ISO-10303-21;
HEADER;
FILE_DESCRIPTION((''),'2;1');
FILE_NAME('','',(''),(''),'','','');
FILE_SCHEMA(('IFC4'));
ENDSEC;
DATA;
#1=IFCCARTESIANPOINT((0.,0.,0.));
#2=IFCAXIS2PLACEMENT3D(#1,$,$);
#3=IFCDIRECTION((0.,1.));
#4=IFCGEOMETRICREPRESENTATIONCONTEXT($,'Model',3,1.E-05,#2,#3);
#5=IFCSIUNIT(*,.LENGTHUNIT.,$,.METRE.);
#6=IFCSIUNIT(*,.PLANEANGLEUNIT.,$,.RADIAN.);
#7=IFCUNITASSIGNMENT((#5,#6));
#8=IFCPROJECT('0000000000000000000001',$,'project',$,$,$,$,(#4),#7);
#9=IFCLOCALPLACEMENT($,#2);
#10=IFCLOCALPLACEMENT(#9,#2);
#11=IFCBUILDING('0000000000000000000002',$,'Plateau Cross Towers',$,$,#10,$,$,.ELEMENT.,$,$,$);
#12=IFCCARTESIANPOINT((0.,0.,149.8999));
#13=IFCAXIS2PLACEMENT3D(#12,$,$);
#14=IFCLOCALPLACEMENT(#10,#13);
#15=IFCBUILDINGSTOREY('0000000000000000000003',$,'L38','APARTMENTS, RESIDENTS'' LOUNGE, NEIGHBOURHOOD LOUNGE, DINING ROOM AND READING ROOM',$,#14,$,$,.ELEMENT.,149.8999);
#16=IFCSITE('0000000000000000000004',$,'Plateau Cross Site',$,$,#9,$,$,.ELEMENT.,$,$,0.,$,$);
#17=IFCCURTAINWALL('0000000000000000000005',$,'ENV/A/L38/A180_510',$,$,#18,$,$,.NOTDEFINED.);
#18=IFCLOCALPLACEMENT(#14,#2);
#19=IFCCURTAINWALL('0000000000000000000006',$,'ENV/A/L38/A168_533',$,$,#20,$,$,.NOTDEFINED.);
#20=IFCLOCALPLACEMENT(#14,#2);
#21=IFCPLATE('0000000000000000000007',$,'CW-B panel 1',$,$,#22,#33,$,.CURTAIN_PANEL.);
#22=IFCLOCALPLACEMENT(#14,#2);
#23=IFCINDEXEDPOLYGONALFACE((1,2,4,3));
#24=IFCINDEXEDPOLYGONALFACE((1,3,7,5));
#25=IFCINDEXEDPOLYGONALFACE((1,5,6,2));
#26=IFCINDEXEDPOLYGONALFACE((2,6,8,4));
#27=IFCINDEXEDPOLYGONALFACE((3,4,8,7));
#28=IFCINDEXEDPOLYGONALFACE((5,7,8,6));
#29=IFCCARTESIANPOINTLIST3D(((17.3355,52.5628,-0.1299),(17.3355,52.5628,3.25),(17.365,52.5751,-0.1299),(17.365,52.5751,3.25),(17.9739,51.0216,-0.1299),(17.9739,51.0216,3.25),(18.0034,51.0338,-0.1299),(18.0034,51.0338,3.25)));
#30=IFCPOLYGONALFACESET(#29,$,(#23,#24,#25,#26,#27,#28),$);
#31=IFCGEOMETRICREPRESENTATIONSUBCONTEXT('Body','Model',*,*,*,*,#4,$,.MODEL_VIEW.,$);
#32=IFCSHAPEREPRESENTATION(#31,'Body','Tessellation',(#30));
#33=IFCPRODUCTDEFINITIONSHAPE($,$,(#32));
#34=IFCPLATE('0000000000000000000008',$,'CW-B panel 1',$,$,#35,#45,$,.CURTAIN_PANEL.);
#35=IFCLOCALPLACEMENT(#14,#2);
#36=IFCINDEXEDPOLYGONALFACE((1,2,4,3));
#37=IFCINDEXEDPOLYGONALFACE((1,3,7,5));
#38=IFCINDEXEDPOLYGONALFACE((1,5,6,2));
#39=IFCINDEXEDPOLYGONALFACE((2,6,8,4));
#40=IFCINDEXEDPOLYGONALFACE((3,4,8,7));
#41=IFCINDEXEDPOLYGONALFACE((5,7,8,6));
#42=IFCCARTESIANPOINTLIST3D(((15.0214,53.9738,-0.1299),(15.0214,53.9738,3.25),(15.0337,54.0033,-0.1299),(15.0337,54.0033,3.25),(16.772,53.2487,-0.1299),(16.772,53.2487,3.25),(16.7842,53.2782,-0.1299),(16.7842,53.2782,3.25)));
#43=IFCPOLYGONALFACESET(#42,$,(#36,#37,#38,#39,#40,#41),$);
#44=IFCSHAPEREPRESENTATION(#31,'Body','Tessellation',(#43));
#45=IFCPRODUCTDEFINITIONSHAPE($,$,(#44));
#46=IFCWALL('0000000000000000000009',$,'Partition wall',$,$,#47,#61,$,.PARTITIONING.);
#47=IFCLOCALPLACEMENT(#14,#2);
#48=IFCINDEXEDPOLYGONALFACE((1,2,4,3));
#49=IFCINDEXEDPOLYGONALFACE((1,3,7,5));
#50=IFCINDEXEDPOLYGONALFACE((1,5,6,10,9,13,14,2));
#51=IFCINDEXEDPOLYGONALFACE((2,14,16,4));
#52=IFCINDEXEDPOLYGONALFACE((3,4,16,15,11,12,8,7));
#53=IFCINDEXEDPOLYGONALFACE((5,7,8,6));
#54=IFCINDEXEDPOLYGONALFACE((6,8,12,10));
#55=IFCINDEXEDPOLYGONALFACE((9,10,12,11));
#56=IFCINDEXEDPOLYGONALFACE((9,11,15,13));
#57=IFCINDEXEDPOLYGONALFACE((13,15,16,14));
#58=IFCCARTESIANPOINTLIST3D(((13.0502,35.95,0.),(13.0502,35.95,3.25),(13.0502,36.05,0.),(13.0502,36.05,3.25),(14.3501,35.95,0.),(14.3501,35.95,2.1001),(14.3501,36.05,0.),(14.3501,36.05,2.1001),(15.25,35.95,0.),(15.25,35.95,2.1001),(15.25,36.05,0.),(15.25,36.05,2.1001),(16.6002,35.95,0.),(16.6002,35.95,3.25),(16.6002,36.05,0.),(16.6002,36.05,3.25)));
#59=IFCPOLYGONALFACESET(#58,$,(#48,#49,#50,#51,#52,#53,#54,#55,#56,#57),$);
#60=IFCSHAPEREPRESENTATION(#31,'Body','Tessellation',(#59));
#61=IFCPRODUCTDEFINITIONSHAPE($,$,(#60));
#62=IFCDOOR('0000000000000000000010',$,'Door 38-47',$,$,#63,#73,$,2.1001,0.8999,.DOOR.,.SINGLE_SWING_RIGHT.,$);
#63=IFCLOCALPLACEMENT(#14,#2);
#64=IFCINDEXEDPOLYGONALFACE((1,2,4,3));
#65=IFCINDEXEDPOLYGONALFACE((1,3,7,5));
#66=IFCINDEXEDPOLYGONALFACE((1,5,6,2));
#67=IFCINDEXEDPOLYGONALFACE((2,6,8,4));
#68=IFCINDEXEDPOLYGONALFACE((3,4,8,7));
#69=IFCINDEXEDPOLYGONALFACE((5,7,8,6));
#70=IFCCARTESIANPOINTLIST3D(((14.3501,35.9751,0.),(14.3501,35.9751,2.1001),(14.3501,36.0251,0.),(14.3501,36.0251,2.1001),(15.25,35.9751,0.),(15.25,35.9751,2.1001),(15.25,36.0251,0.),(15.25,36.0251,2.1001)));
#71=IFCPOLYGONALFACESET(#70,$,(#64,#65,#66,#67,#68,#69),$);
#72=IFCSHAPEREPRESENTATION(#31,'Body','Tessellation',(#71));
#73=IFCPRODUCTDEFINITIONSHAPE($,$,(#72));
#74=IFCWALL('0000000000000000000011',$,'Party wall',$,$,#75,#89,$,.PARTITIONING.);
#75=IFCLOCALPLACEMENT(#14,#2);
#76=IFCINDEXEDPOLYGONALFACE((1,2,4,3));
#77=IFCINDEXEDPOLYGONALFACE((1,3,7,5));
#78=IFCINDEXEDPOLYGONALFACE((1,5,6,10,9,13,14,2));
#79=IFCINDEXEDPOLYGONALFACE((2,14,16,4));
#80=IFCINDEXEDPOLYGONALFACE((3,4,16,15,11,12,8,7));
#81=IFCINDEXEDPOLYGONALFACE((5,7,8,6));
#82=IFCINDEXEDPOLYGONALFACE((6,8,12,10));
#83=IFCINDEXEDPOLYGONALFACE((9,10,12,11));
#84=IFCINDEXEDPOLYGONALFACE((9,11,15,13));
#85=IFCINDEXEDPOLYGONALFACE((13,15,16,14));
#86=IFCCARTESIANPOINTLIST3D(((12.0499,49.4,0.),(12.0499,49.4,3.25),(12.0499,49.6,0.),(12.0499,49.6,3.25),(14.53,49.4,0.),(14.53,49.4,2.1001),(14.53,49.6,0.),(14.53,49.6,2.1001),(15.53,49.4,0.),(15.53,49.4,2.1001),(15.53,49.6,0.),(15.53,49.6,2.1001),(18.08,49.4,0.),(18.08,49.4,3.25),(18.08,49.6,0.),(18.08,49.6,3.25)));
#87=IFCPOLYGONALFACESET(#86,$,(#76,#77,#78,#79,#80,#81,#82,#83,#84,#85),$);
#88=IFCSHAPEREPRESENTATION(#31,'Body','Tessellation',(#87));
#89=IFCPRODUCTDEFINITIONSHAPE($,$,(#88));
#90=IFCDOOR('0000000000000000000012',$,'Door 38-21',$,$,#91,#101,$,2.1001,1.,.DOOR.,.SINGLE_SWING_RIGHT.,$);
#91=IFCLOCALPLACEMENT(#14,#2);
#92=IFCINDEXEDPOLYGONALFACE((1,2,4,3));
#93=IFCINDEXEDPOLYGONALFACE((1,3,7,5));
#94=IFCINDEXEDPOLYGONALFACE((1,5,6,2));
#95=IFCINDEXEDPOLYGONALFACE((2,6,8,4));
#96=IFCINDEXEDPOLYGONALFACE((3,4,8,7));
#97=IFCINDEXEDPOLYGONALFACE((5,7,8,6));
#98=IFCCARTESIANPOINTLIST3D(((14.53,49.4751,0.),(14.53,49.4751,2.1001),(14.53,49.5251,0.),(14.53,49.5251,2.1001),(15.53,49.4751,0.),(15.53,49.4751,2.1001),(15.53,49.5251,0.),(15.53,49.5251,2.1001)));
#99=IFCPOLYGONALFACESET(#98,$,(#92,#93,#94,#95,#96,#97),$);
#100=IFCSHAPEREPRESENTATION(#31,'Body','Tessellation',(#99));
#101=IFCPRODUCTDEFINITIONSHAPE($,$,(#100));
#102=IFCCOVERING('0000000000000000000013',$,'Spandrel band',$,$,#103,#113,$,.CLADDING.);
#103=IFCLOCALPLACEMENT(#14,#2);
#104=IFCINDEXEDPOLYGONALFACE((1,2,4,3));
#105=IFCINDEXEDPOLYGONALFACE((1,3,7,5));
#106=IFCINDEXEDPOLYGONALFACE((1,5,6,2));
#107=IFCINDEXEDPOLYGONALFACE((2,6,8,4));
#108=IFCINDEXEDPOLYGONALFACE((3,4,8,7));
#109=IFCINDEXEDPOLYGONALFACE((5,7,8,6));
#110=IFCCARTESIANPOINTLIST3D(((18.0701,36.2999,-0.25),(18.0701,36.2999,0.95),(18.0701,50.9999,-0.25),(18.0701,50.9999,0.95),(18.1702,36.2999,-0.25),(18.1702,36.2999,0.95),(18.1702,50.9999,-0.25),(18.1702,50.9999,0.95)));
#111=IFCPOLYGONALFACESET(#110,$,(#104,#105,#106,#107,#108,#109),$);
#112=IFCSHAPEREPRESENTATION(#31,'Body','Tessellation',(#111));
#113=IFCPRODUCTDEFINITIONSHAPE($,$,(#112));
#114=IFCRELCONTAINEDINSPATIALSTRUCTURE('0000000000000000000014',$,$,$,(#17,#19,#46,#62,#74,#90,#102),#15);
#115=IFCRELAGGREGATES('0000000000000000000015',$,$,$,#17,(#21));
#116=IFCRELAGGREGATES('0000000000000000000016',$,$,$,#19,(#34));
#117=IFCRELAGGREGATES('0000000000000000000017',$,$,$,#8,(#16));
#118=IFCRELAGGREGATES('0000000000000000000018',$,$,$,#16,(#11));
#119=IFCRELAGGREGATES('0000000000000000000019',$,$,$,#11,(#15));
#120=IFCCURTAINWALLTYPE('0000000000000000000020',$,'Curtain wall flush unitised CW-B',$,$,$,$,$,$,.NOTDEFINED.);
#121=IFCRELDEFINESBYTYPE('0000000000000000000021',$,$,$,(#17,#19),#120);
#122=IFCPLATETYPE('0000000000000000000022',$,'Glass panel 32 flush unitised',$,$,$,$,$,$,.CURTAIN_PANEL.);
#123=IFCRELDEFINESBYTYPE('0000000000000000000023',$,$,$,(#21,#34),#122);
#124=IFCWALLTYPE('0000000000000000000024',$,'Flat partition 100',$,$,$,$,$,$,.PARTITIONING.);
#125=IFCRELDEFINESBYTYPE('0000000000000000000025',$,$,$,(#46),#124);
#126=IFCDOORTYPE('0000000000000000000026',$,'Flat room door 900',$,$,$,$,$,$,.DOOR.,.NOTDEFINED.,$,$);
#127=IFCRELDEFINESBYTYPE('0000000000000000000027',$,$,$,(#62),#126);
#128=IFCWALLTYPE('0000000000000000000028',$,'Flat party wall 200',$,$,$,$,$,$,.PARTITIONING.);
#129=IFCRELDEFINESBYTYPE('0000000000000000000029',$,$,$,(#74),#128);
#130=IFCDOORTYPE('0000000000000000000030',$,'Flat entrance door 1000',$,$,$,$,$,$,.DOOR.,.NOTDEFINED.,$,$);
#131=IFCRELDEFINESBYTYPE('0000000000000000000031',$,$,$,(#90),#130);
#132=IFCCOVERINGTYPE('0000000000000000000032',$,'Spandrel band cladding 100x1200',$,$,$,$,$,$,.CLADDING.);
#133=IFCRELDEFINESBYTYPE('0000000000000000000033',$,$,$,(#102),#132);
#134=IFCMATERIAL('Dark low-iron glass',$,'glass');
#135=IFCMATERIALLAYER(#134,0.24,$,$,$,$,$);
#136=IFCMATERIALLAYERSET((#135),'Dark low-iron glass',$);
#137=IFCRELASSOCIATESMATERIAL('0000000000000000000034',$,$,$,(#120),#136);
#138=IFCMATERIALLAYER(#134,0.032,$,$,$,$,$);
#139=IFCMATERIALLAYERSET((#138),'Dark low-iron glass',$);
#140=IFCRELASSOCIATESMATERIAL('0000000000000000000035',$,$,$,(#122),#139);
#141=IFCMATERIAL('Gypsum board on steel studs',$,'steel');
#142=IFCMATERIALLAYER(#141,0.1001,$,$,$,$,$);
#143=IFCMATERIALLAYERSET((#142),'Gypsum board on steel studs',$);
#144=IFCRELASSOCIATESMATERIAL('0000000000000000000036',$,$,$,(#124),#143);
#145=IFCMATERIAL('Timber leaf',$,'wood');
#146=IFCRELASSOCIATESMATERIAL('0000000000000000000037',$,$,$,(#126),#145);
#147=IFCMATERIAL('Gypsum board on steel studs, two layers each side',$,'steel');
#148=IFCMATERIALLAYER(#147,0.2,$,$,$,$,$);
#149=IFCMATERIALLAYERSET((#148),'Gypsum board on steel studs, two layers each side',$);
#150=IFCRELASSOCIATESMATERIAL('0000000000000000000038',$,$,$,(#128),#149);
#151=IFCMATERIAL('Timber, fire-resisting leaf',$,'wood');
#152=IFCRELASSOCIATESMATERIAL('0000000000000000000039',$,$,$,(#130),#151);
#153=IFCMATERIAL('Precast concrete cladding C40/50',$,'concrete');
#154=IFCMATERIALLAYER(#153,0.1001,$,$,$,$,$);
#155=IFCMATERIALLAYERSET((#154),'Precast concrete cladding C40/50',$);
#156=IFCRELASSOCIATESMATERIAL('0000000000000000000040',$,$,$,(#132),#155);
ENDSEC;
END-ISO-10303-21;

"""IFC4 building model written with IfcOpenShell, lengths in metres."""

from ifc_helpers import new_model, si_unit, direction, frame, frame_2d, origin, origin_2d, place, context, subcontext, project, spatial, rectangle, extrude, material, layer, layer_set, type_object, element, fill, aggregate, save


model = new_model("IFC4")

# Units and contexts
model_context = context("Model", 3, precision=1e-05, world=origin(), true_north=direction((0.0, 1.0)))
body_context = subcontext(model_context, "Body", "Model", "MODEL_VIEW")
ifc_project = project(units=[si_unit("LENGTHUNIT", "METRE"), si_unit("PLANEANGLEUNIT", "RADIAN")], contexts=[model_context])

# Site, building, storey
site_placement = place(None, origin())
site = spatial("IfcSite", under=ifc_project, at=site_placement, Name="Plateau Cross Site", CompositionType="ELEMENT", RefElevation=0.0)
building_placement = place(site_placement, origin())
building = spatial("IfcBuilding", under=site, at=building_placement, Name="Plateau Cross Towers", CompositionType="ELEMENT")
storey_placement = place(building_placement, frame((0.0, 0.0, 149.8999)))
storey = spatial("IfcBuildingStorey", under=building, at=storey_placement, Name="L38", Description="APARTMENTS, RESIDENTS' LOUNGE, NEIGHBOURHOOD LOUNGE, DINING ROOM AND READING ROOM", CompositionType="ELEMENT", Elevation=149.8999)

# Curtain wall
ifc_material_1 = material(Name="Dark low-iron glass", Category="glass")
ifc_layer_1 = layer(ifc_material_1, 0.24)
ifc_layer_set_1 = layer_set([ifc_layer_1], Name="Dark low-iron glass")
curtain_wall_type = type_object("IfcCurtainWallType", Name="Curtain wall flush unitised CW-B", PredefinedType="NOTDEFINED", material=ifc_layer_set_1)
curtain_wall_1_placement = place(storey_placement, origin())
curtain_wall_1 = element("IfcCurtainWall", 1, at=curtain_wall_1_placement, inside=storey, type_object=curtain_wall_type, Name="ENV/A/L38/A180_510", PredefinedType="NOTDEFINED")

# Curtain wall
curtain_wall_2_placement = place(storey_placement, origin())
curtain_wall_2 = element("IfcCurtainWall", 2, at=curtain_wall_2_placement, inside=storey, type_object=curtain_wall_type, Name="ENV/A/L38/A168_533", PredefinedType="NOTDEFINED")

# Plates
ifc_layer_2 = layer(ifc_material_1, 0.032)
ifc_layer_set_2 = layer_set([ifc_layer_2], Name="Dark low-iron glass")
plate_type = type_object("IfcPlateType", Name="Glass panel 32 flush unitised", PredefinedType="CURTAIN_PANEL", material=ifc_layer_set_2)
plate_1_placement = place(storey_placement, frame((17.6694, 51.7983, -0.1299), z_axis=(0.0, 0.0, 1.0), x_axis=(-0.382684, 0.923879, 0.0)))
plate_1 = element("IfcPlate", 3, at=plate_1_placement, type_object=plate_type, Name="CW-B panel 1", PredefinedType="CURTAIN_PANEL", context=body_context, shape_type="SweptSolid", body=[
    extrude(rectangle(XDim=1.6682, YDim=0.032, at=origin_2d()), origin(), (0.0, 0.0, 1.0), 3.3799),
])
aggregate(curtain_wall_1, [plate_1])
plate_2_placement = place(storey_placement, frame((15.9028, 53.626, -0.1299), z_axis=(0.0, 0.0, 1.0), x_axis=(-0.923879, 0.382684, 0.0)))
plate_2 = element("IfcPlate", 4, at=plate_2_placement, type_object=plate_type, Name="CW-B panel 1", PredefinedType="CURTAIN_PANEL", context=body_context, shape_type="SweptSolid", body=[
    extrude(rectangle(XDim=1.8948, YDim=0.032, at=origin_2d()), origin(), (0.0, 0.0, 1.0), 3.3799),
])
aggregate(curtain_wall_2, [plate_2])

# Walls, openings, doors
ifc_material_2 = material(Name="Gypsum board on steel studs", Category="steel")
ifc_layer_3 = layer(ifc_material_2, 0.1001)
ifc_layer_set_3 = layer_set([ifc_layer_3], Name="Gypsum board on steel studs")
wall_type_1 = type_object("IfcWallType", Name="Flat partition 100", PredefinedType="PARTITIONING", material=ifc_layer_set_3)
wall_1_placement = place(storey_placement, frame((16.6001, 36.0, 0.0), z_axis=(0.0, 0.0, 1.0), x_axis=(-1.0, 0.0, 0.0)))
wall_1 = element("IfcWall", 5, at=wall_1_placement, inside=storey, type_object=wall_type_1, Name="Partition wall", PredefinedType="PARTITIONING", context=body_context, shape_type="SweptSolid", body=[
    extrude(rectangle(XDim=3.55, YDim=0.1001, at=frame_2d((1.7749, 0.0))), origin(), (0.0, 0.0, 1.0), 3.25),
])
opening_1_placement = place(wall_1_placement, frame((1.3501, 0.0, 0.0)))
opening_1 = element("IfcOpeningElement", 6, at=opening_1_placement, cuts=wall_1, PredefinedType="OPENING", context=body_context, shape_type="SweptSolid", body=[
    extrude(rectangle(XDim=0.8999, YDim=2.1001, at=frame_2d((0.45, 1.05))), frame((0.0, 0.0601, 0.0), z_axis=(0.0, -1.0, 0.0), x_axis=(1.0, 0.0, 0.0)), (0.0, 0.0, 1.0), 0.1201),
])
ifc_material_3 = material(Name="Timber leaf", Category="wood")
door_type_1 = type_object("IfcDoorType", Name="Flat room door 900", OperationType="NOTDEFINED", PredefinedType="DOOR", material=ifc_material_3)
door_1_placement = place(opening_1_placement, origin())
door_1 = element("IfcDoor", 7, at=door_1_placement, inside=storey, type_object=door_type_1, Name="Door 38-47", OperationType="SINGLE_SWING_RIGHT", OverallHeight=2.1001, OverallWidth=0.8999, PredefinedType="DOOR", context=body_context, shape_type="SweptSolid", body=[
    extrude(rectangle(XDim=0.8999, YDim=2.1001, at=frame_2d((0.45, 1.05))), frame((0.0, 0.0249, 0.0), z_axis=(0.0, -1.0, 0.0), x_axis=(1.0, 0.0, 0.0)), (0.0, 0.0, 1.0), 0.05),
])
fill(opening_1, door_1)
ifc_material_4 = material(Name="Gypsum board on steel studs, two layers each side", Category="steel")
ifc_layer_4 = layer(ifc_material_4, 0.2)
ifc_layer_set_4 = layer_set([ifc_layer_4], Name="Gypsum board on steel studs, two layers each side")
wall_type_2 = type_object("IfcWallType", Name="Flat party wall 200", PredefinedType="PARTITIONING", material=ifc_layer_set_4)
wall_2_placement = place(storey_placement, frame((18.0801, 49.5, 0.0), z_axis=(0.0, 0.0, 1.0), x_axis=(-1.0, 0.0, 0.0)))
wall_2 = element("IfcWall", 8, at=wall_2_placement, inside=storey, type_object=wall_type_2, Name="Party wall", PredefinedType="PARTITIONING", context=body_context, shape_type="SweptSolid", body=[
    extrude(rectangle(XDim=6.03, YDim=0.2, at=frame_2d((3.0151, 0.0))), origin(), (0.0, 0.0, 1.0), 3.25),
])
opening_2_placement = place(wall_2_placement, frame((2.55, 0.0, 0.0)))
opening_2 = element("IfcOpeningElement", 9, at=opening_2_placement, cuts=wall_2, PredefinedType="OPENING", context=body_context, shape_type="SweptSolid", body=[
    extrude(rectangle(XDim=1.0, YDim=2.1001, at=frame_2d((0.5, 1.05))), frame((0.0, 0.1099, 0.0), z_axis=(0.0, -1.0, 0.0), x_axis=(1.0, 0.0, 0.0)), (0.0, 0.0, 1.0), 0.22),
])
ifc_material_5 = material(Name="Timber, fire-resisting leaf", Category="wood")
door_type_2 = type_object("IfcDoorType", Name="Flat entrance door 1000", OperationType="NOTDEFINED", PredefinedType="DOOR", material=ifc_material_5)
door_2_placement = place(opening_2_placement, origin())
door_2 = element("IfcDoor", 10, at=door_2_placement, inside=storey, type_object=door_type_2, Name="Door 38-21", OperationType="SINGLE_SWING_RIGHT", OverallHeight=2.1001, OverallWidth=1.0, PredefinedType="DOOR", context=body_context, shape_type="SweptSolid", body=[
    extrude(rectangle(XDim=1.0, YDim=2.1001, at=frame_2d((0.5, 1.05))), frame((0.0, 0.0249, 0.0), z_axis=(0.0, -1.0, 0.0), x_axis=(1.0, 0.0, 0.0)), (0.0, 0.0, 1.0), 0.05),
])
fill(opening_2, door_2)

# Covering
ifc_material_6 = material(Name="Precast concrete cladding C40/50", Category="concrete")
ifc_layer_5 = layer(ifc_material_6, 0.1001)
ifc_layer_set_5 = layer_set([ifc_layer_5], Name="Precast concrete cladding C40/50")
covering_type = type_object("IfcCoveringType", Name="Spandrel band cladding 100x1200", PredefinedType="CLADDING", material=ifc_layer_set_5)
covering_placement = place(storey_placement, frame((18.1201, 43.6499, -0.25), z_axis=(0.0, 0.0, 1.0), x_axis=(0.0, 1.0, 0.0)))
element("IfcCovering", 11, at=covering_placement, inside=storey, type_object=covering_type, Name="Spandrel band", PredefinedType="CLADDING", context=body_context, shape_type="SweptSolid", body=[
    extrude(rectangle(XDim=14.7, YDim=0.1001, at=origin_2d()), origin(), (0.0, 0.0, 1.0), 1.2),
])

save(model, "model.ifc")
